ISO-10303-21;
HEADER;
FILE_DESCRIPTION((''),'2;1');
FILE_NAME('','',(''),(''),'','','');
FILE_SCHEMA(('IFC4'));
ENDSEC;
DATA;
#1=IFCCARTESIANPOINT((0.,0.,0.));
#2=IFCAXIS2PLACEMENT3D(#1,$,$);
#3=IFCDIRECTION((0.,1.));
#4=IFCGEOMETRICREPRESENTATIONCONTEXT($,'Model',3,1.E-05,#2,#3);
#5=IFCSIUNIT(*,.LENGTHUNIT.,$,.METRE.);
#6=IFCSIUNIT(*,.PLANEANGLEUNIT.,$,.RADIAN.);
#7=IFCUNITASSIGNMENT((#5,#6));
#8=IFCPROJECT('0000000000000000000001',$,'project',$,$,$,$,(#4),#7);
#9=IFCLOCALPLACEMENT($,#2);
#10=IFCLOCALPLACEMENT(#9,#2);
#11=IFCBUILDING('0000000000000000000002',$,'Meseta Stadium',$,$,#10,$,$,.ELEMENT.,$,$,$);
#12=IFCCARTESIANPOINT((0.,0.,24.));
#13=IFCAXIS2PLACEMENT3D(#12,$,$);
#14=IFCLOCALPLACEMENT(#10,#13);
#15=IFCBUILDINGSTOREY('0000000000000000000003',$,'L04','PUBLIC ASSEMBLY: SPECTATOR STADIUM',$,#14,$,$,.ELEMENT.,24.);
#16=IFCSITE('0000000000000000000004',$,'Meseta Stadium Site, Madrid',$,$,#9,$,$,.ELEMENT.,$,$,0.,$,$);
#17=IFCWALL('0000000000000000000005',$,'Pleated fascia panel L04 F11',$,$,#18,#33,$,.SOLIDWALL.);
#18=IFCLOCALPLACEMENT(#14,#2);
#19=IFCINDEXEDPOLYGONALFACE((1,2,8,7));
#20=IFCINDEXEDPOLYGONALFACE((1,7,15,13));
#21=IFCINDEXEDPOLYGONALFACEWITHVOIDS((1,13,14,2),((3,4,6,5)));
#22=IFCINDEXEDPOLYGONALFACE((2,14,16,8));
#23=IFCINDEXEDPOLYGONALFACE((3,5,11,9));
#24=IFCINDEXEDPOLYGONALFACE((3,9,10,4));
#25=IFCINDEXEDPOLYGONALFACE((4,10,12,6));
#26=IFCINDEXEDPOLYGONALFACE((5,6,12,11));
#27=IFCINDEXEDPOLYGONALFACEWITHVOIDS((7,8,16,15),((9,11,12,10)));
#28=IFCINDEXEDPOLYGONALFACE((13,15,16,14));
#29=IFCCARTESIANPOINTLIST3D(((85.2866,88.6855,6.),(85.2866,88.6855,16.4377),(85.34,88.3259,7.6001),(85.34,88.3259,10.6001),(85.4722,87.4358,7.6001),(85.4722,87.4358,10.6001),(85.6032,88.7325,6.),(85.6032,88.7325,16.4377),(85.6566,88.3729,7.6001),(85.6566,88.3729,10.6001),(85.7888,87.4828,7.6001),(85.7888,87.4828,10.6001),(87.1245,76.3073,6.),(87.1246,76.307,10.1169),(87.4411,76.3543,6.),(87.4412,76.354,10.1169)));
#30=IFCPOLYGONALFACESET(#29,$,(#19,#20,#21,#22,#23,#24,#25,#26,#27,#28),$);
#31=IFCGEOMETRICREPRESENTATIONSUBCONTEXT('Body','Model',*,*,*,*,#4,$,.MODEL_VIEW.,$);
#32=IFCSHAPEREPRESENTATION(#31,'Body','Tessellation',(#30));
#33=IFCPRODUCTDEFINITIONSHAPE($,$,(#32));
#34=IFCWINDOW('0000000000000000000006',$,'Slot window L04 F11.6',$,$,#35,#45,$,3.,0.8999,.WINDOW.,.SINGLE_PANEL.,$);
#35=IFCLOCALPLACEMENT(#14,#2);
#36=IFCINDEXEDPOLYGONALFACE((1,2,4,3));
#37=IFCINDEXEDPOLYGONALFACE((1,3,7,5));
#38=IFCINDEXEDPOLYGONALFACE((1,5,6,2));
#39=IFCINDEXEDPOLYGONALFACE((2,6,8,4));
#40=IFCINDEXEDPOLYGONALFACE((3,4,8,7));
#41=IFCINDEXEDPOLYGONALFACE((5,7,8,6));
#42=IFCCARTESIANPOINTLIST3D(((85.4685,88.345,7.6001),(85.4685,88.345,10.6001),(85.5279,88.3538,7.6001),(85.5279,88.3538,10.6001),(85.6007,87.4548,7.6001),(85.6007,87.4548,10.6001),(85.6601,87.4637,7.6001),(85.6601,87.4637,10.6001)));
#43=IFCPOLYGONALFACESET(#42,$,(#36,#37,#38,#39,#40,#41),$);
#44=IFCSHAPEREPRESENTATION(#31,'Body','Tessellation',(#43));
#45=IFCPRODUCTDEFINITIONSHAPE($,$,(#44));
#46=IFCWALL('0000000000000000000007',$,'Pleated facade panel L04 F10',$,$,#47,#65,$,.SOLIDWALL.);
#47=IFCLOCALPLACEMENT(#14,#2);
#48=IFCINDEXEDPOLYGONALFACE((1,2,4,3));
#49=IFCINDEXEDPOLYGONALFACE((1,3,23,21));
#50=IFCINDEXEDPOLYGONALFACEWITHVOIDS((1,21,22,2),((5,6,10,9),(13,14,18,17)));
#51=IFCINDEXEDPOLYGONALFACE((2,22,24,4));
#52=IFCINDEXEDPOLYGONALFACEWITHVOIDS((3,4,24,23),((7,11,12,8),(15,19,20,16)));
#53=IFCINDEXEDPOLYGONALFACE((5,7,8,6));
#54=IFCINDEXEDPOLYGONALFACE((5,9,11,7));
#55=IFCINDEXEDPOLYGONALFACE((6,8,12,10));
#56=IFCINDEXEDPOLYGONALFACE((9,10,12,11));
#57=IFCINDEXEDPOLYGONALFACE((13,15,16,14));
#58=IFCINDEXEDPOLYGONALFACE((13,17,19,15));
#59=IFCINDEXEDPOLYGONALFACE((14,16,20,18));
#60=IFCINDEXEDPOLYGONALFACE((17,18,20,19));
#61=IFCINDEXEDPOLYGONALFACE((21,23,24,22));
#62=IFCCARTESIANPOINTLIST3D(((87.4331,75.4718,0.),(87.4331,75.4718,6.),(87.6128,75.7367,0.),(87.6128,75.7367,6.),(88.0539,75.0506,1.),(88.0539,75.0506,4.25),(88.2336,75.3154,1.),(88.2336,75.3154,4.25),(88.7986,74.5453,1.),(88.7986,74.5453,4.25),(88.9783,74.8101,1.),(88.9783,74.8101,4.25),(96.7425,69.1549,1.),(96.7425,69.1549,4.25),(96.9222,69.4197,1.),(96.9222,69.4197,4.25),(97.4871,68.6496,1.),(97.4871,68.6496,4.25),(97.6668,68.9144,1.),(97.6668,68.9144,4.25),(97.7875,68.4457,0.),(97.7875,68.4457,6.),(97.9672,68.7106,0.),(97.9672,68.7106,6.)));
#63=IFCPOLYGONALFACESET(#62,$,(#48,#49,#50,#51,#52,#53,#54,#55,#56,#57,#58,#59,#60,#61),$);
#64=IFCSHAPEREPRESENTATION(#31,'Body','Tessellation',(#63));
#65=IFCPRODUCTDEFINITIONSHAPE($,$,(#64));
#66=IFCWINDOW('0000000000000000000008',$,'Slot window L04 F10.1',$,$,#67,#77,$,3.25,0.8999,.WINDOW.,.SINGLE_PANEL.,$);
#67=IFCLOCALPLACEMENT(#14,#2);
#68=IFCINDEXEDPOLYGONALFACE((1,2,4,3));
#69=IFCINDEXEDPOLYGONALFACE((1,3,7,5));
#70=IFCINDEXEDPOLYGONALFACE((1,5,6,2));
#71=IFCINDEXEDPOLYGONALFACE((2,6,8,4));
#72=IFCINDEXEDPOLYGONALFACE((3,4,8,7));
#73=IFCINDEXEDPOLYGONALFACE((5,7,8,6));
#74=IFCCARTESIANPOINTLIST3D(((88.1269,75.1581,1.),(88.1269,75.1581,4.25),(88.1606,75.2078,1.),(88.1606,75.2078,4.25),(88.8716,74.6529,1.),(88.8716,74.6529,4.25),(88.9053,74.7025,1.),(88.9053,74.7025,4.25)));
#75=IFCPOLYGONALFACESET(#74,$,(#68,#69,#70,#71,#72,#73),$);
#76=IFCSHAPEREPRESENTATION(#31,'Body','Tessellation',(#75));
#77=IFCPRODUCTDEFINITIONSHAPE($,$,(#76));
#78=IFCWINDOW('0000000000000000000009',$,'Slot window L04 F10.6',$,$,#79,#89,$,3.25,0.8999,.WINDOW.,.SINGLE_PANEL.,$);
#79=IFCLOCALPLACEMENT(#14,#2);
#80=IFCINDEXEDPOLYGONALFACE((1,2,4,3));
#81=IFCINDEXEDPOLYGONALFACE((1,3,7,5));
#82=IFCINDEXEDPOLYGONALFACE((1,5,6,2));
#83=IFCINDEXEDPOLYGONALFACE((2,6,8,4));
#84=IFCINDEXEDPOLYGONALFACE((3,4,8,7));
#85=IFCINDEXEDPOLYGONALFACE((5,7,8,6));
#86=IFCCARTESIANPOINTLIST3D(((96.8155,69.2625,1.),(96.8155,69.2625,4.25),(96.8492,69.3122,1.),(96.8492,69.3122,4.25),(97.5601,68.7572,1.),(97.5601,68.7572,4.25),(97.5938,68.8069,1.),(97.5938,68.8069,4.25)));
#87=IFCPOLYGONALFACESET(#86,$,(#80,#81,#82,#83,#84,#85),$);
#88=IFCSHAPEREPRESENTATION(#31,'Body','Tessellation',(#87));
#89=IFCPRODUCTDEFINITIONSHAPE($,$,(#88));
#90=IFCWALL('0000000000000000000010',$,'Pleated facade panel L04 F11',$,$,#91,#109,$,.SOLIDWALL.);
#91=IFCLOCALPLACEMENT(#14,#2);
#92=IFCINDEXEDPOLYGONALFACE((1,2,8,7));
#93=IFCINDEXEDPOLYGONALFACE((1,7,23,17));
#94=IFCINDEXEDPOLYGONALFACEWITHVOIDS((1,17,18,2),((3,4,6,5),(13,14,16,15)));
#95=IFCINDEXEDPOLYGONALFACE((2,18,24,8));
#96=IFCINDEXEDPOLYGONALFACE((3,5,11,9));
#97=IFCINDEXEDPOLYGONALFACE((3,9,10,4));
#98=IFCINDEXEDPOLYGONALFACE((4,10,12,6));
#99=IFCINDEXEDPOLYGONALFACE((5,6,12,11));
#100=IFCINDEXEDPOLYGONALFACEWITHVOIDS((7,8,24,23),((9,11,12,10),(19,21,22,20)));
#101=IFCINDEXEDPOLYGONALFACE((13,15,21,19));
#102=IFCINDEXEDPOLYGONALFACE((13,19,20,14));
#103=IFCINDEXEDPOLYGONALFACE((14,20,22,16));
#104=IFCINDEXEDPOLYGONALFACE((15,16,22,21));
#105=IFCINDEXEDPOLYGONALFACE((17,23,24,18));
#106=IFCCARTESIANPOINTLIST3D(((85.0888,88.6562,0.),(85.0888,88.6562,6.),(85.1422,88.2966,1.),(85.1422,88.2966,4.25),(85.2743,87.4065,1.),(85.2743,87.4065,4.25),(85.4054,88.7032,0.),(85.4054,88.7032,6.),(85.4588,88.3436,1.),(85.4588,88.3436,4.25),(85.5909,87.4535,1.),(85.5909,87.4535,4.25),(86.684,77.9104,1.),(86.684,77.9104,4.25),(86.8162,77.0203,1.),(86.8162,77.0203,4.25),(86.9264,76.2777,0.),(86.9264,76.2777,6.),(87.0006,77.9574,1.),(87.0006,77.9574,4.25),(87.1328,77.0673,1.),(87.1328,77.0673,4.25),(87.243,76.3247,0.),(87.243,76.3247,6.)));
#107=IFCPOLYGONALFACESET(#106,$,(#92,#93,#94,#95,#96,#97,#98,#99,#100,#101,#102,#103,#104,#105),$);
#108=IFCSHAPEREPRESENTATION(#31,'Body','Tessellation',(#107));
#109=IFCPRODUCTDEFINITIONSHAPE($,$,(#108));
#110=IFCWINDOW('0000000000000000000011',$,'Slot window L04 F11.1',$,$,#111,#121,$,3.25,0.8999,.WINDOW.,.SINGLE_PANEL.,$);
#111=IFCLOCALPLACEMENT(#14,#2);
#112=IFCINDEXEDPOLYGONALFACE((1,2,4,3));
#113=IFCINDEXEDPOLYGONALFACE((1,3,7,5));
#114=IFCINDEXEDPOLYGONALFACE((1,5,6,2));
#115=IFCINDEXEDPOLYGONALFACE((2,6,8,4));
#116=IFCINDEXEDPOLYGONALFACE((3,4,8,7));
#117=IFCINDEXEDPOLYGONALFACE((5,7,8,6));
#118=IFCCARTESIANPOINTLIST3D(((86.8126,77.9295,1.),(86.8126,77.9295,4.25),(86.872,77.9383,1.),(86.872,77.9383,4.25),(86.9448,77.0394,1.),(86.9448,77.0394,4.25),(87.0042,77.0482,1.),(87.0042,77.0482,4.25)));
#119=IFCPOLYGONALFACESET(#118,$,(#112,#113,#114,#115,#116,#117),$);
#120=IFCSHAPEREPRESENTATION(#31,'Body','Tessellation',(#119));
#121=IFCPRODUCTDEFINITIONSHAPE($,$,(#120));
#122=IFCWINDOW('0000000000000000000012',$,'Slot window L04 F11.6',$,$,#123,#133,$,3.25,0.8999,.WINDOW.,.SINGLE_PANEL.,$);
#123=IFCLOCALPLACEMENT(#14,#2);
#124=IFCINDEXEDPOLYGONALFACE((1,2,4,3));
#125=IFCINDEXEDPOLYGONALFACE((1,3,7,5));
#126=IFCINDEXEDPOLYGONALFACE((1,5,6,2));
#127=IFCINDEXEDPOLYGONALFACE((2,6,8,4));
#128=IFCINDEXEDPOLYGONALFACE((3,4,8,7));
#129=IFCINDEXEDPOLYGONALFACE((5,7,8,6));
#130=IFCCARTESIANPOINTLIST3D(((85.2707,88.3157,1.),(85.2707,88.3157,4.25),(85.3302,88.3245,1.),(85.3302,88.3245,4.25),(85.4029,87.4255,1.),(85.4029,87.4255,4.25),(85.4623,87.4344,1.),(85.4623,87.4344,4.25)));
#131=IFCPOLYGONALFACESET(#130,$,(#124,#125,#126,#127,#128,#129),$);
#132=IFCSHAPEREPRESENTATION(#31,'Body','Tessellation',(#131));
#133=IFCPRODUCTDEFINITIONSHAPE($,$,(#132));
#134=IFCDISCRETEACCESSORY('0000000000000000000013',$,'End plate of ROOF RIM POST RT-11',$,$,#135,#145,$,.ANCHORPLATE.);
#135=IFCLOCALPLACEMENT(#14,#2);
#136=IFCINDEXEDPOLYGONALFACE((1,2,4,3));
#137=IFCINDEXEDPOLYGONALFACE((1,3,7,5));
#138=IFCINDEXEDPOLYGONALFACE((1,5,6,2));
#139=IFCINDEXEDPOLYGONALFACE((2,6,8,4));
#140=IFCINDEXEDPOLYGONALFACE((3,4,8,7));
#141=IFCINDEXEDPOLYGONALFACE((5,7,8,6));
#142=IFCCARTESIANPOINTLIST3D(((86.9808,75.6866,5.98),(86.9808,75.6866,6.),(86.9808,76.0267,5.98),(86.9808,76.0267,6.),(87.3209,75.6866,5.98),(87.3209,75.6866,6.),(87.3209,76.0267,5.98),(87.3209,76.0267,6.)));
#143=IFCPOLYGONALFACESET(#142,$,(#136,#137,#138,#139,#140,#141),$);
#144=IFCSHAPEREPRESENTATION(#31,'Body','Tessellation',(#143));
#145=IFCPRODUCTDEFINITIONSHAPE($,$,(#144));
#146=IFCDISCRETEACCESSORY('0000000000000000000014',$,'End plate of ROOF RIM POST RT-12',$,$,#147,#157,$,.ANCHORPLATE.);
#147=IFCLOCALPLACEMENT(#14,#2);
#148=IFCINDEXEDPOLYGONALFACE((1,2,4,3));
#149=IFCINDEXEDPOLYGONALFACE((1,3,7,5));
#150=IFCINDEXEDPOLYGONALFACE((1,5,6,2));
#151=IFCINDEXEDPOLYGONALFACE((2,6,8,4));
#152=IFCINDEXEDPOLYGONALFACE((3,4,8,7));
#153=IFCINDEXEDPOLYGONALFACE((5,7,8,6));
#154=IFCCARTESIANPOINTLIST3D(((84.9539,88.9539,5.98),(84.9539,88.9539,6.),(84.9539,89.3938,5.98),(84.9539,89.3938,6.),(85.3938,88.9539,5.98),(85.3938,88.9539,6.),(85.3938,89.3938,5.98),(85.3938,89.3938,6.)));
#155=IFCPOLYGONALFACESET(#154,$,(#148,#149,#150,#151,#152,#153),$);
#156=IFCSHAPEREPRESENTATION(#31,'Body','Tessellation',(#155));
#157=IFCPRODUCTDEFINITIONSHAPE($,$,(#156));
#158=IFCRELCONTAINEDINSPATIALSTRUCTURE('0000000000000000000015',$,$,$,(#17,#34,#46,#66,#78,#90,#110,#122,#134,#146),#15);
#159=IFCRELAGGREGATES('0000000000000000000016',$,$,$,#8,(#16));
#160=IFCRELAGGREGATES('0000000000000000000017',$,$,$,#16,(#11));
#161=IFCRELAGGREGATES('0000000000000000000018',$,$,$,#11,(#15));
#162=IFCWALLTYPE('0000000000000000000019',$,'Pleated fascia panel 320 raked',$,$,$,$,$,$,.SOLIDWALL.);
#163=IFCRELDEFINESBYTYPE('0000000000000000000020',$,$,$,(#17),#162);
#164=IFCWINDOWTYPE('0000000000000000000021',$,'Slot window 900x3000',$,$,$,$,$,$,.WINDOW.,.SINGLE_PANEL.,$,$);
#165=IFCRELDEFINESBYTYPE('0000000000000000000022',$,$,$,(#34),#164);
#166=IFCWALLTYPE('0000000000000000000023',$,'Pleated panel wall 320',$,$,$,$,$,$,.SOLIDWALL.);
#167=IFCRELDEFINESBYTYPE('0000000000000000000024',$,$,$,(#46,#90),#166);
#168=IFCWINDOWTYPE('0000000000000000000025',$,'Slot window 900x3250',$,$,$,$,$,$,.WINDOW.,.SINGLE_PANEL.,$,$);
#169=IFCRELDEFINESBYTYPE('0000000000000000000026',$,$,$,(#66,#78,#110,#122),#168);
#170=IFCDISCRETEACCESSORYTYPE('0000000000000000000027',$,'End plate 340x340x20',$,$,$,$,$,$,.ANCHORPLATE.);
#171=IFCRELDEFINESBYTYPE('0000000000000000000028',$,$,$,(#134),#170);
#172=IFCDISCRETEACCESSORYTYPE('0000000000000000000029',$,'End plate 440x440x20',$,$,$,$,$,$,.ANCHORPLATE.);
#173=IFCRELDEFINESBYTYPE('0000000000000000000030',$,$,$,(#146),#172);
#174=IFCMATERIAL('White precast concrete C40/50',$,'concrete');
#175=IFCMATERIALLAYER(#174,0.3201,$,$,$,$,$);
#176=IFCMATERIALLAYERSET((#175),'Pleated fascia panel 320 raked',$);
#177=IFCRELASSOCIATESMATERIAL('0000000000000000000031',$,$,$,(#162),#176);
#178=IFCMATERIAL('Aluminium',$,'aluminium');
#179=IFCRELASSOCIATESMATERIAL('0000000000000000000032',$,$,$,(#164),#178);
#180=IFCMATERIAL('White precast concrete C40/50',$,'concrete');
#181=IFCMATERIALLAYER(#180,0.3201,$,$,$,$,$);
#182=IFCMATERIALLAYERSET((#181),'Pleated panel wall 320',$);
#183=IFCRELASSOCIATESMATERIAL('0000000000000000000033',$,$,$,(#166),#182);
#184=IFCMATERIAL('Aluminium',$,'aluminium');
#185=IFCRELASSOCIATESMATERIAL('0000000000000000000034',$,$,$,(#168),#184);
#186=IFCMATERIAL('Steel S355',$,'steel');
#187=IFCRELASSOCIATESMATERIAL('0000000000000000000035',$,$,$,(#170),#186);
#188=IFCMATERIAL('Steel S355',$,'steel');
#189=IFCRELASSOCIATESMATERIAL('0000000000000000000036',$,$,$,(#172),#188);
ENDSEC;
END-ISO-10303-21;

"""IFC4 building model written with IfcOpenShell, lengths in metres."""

from ifc_helpers import new_model, si_unit, direction, frame, frame_2d, origin, origin_2d, place, context, subcontext, project, spatial, polyline, rectangle, outline, extrude, material, layer, layer_set, material_profile, profile_set, type_object, element, fill, save


model = new_model("IFC4")

# Units and contexts
model_context = context("Model", 3, precision=1e-05, world=origin(), true_north=direction((0.0, 1.0)))
body_context = subcontext(model_context, "Body", "Model", "MODEL_VIEW")
ifc_project = project(units=[si_unit("LENGTHUNIT", "METRE"), si_unit("PLANEANGLEUNIT", "RADIAN")], contexts=[model_context])

# Site, building, storey
site_placement = place(None, origin())
site = spatial("IfcSite", under=ifc_project, at=site_placement, Name="Meseta Stadium Site, Madrid", CompositionType="ELEMENT", RefElevation=0.0)
building_placement = place(site_placement, origin())
building = spatial("IfcBuilding", under=site, at=building_placement, Name="Meseta Stadium", CompositionType="ELEMENT")
storey_placement = place(building_placement, frame((0.0, 0.0, 24.0)))
storey = spatial("IfcBuildingStorey", under=building, at=storey_placement, Name="L04", Description="PUBLIC ASSEMBLY: SPECTATOR STADIUM", CompositionType="ELEMENT", Elevation=24.0)

# Wall, opening, window
ifc_material_1 = material(Name="White precast concrete C40/50", Category="concrete")
ifc_layer_1 = layer(ifc_material_1, 0.3201)
ifc_layer_set_1 = layer_set([ifc_layer_1], Name="Pleated fascia panel 320 raked")
wall_type_1 = type_object("IfcWallType", Name="Pleated fascia panel 320 raked", PredefinedType="SOLIDWALL", material=ifc_layer_set_1)
ifc_material_2 = material(Name="Aluminium", Category="aluminium")
window_type_1 = type_object("IfcWindowType", Name="Slot window 900x3000", PartitioningType="SINGLE_PANEL", PredefinedType="WINDOW", material=ifc_material_2)
wall_1_placement = place(storey_placement, frame((85.4448, 88.709, 6.0), z_axis=(0.0, 0.0, 1.0), x_axis=(0.146868, -0.989156, 0.0)))
wall_1 = element("IfcWall", 1, at=wall_1_placement, inside=storey, type_object=wall_type_1, Name="Pleated fascia panel L04 F11", PredefinedType="SOLIDWALL", context=body_context, shape_type="SweptSolid", body=[
    extrude(outline(polyline([(0.0, 0.0), (12.5139, 0.0), (12.5142, 4.1169), (0.0, 10.4377), (0.0, 0.0)])), frame((0.0, 0.1602, 0.0), z_axis=(0.0, -1.0, 0.0), x_axis=(1.0, 0.0, 0.0)), (0.0, 0.0, 1.0), 0.3201),
])
opening_1_placement = place(wall_1_placement, frame((0.3635, 0.0, 1.6001)))
opening_1 = element("IfcOpeningElement", 2, at=opening_1_placement, cuts=wall_1, PredefinedType="OPENING", context=body_context, shape_type="SweptSolid", body=[
    extrude(rectangle(XDim=0.8999, YDim=3.0, at=frame_2d((0.45, 1.5))), frame((0.0, 0.1699, 0.0), z_axis=(0.0, -1.0, 0.0), x_axis=(1.0, 0.0, 0.0)), (0.0, 0.0, 1.0), 0.3401),
])
window_1_placement = place(opening_1_placement, origin())
window_1 = element("IfcWindow", 3, at=window_1_placement, inside=storey, type_object=window_type_1, Name="Slot window L04 F11.6", OverallHeight=3.0, OverallWidth=0.8999, PartitioningType="SINGLE_PANEL", PredefinedType="WINDOW", context=body_context, shape_type="SweptSolid", body=[
    extrude(rectangle(XDim=0.8999, YDim=3.0, at=frame_2d((0.45, 1.5))), frame((0.0, 0.03, 0.0), z_axis=(0.0, -1.0, 0.0), x_axis=(1.0, 0.0, 0.0)), (0.0, 0.0, 1.0), 0.0601),
])
fill(opening_1, window_1)

# Walls, openings, windows
ifc_material_3 = material(Name="White precast concrete C40/50", Category="concrete")
ifc_layer_2 = layer(ifc_material_3, 0.3201)
ifc_layer_set_2 = layer_set([ifc_layer_2], Name="Pleated panel wall 320")
wall_type_2 = type_object("IfcWallType", Name="Pleated panel wall 320", PredefinedType="SOLIDWALL", material=ifc_layer_set_2)
wall_2_placement = place(storey_placement, frame((87.5229, 75.6042, 0.0), z_axis=(0.0, 0.0, 1.0), x_axis=(0.827481, -0.561494, 0.0)))
wall_2 = element("IfcWall", 4, at=wall_2_placement, inside=storey, type_object=wall_type_2, Name="Pleated facade panel L04 F10", PredefinedType="SOLIDWALL", context=body_context, shape_type="SweptSolid", body=[
    extrude(rectangle(XDim=12.5132, YDim=0.3201, at=frame_2d((6.2566, 0.0))), origin(), (0.0, 0.0, 1.0), 6.0),
])
opening_2_placement = place(wall_2_placement, frame((0.7502, 0.0, 1.0)))
opening_2 = element("IfcOpeningElement", 5, at=opening_2_placement, cuts=wall_2, PredefinedType="OPENING", context=body_context, shape_type="SweptSolid", body=[
    extrude(rectangle(XDim=0.8999, YDim=3.25, at=frame_2d((0.45, 1.625))), frame((0.0, 0.1699, 0.0), z_axis=(0.0, -1.0, 0.0), x_axis=(1.0, 0.0, 0.0)), (0.0, 0.0, 1.0), 0.3401),
])
opening_3_placement = place(wall_2_placement, frame((11.2502, 0.0, 1.0)))
opening_3 = element("IfcOpeningElement", 6, at=opening_3_placement, cuts=wall_2, PredefinedType="OPENING", context=body_context, shape_type="SweptSolid", body=[
    extrude(rectangle(XDim=0.8999, YDim=3.25, at=frame_2d((0.45, 1.625))), frame((0.0, 0.1699, 0.0), z_axis=(0.0, -1.0, 0.0), x_axis=(1.0, 0.0, 0.0)), (0.0, 0.0, 1.0), 0.3401),
])
ifc_material_4 = material(Name="Aluminium", Category="aluminium")
window_type_2 = type_object("IfcWindowType", Name="Slot window 900x3250", PartitioningType="SINGLE_PANEL", PredefinedType="WINDOW", material=ifc_material_4)
window_2_placement = place(opening_2_placement, origin())
window_2 = element("IfcWindow", 7, at=window_2_placement, inside=storey, type_object=window_type_2, Name="Slot window L04 F10.1", OverallHeight=3.25, OverallWidth=0.8999, PartitioningType="SINGLE_PANEL", PredefinedType="WINDOW", context=body_context, shape_type="SweptSolid", body=[
    extrude(rectangle(XDim=0.8999, YDim=3.25, at=frame_2d((0.45, 1.625))), frame((0.0, 0.03, 0.0), z_axis=(0.0, -1.0, 0.0), x_axis=(1.0, 0.0, 0.0)), (0.0, 0.0, 1.0), 0.0601),
])
fill(opening_2, window_2)
window_3_placement = place(opening_3_placement, origin())
window_3 = element("IfcWindow", 8, at=window_3_placement, inside=storey, type_object=window_type_2, Name="Slot window L04 F10.6", OverallHeight=3.25, OverallWidth=0.8999, PartitioningType="SINGLE_PANEL", PredefinedType="WINDOW", context=body_context, shape_type="SweptSolid", body=[
    extrude(rectangle(XDim=0.8999, YDim=3.25, at=frame_2d((0.45, 1.625))), frame((0.0, 0.03, 0.0), z_axis=(0.0, -1.0, 0.0), x_axis=(1.0, 0.0, 0.0)), (0.0, 0.0, 1.0), 0.0601),
])
fill(opening_3, window_3)
wall_3_placement = place(storey_placement, frame((85.2471, 88.6797, 0.0), z_axis=(0.0, 0.0, 1.0), x_axis=(0.146846, -0.989159, 0.0)))
wall_3 = element("IfcWall", 9, at=wall_3_placement, inside=storey, type_object=wall_type_2, Name="Pleated facade panel L04 F11", PredefinedType="SOLIDWALL", context=body_context, shape_type="SweptSolid", body=[
    extrude(rectangle(XDim=12.5142, YDim=0.3201, at=frame_2d((6.2571, 0.0))), origin(), (0.0, 0.0, 1.0), 6.0),
])
opening_4_placement = place(wall_3_placement, frame((10.8635, 0.0, 1.0)))
opening_4 = element("IfcOpeningElement", 10, at=opening_4_placement, cuts=wall_3, PredefinedType="OPENING", context=body_context, shape_type="SweptSolid", body=[
    extrude(rectangle(XDim=0.8999, YDim=3.25, at=frame_2d((0.45, 1.625))), frame((0.0, 0.1699, 0.0), z_axis=(0.0, -1.0, 0.0), x_axis=(1.0, 0.0, 0.0)), (0.0, 0.0, 1.0), 0.3401),
])
opening_5_placement = place(wall_3_placement, frame((0.3635, 0.0, 1.0)))
opening_5 = element("IfcOpeningElement", 11, at=opening_5_placement, cuts=wall_3, PredefinedType="OPENING", context=body_context, shape_type="SweptSolid", body=[
    extrude(rectangle(XDim=0.8999, YDim=3.25, at=frame_2d((0.45, 1.625))), frame((0.0, 0.1699, 0.0), z_axis=(0.0, -1.0, 0.0), x_axis=(1.0, 0.0, 0.0)), (0.0, 0.0, 1.0), 0.3401),
])
window_4_placement = place(opening_4_placement, origin())
window_4 = element("IfcWindow", 12, at=window_4_placement, inside=storey, type_object=window_type_2, Name="Slot window L04 F11.1", OverallHeight=3.25, OverallWidth=0.8999, PartitioningType="SINGLE_PANEL", PredefinedType="WINDOW", context=body_context, shape_type="SweptSolid", body=[
    extrude(rectangle(XDim=0.8999, YDim=3.25, at=frame_2d((0.45, 1.625))), frame((0.0, 0.03, 0.0), z_axis=(0.0, -1.0, 0.0), x_axis=(1.0, 0.0, 0.0)), (0.0, 0.0, 1.0), 0.0601),
])
fill(opening_4, window_4)
window_5_placement = place(opening_5_placement, origin())
window_5 = element("IfcWindow", 13, at=window_5_placement, inside=storey, type_object=window_type_2, Name="Slot window L04 F11.6", OverallHeight=3.25, OverallWidth=0.8999, PartitioningType="SINGLE_PANEL", PredefinedType="WINDOW", context=body_context, shape_type="SweptSolid", body=[
    extrude(rectangle(XDim=0.8999, YDim=3.25, at=frame_2d((0.45, 1.625))), frame((0.0, 0.03, 0.0), z_axis=(0.0, -1.0, 0.0), x_axis=(1.0, 0.0, 0.0)), (0.0, 0.0, 1.0), 0.0601),
])
fill(opening_5, window_5)

# Discrete accessories
ifc_material_5 = material(Name="Steel S355", Category="steel")
ifc_material_profile_1 = material_profile(ifc_material_5, rectangle(XDim=0.3401, YDim=0.3401, at=origin_2d()), Name="PL 340x340")
ifc_profile_set_1 = profile_set([ifc_material_profile_1], Name="Steel S355")
discrete_accessory_type_1 = type_object("IfcDiscreteAccessoryType", Name="End plate 340x340x20", PredefinedType="ANCHORPLATE", material=ifc_profile_set_1)
discrete_accessory_1_placement = place(storey_placement, frame((87.1509, 75.8567, 5.98), z_axis=(0.0, 0.0, 1.0), x_axis=(1.0, 0.0, 0.0)))
element("IfcDiscreteAccessory", 14, at=discrete_accessory_1_placement, inside=storey, type_object=discrete_accessory_type_1, Name="End plate of ROOF RIM POST RT-11", PredefinedType="ANCHORPLATE", context=body_context, shape_type="SweptSolid", body=[
    extrude(rectangle(XDim=0.3401, YDim=0.3401, at=origin_2d()), origin(), (0.0, 0.0, 1.0), 0.02),
])
ifc_material_6 = material(Name="Steel S355", Category="steel")
ifc_material_profile_2 = material_profile(ifc_material_6, rectangle(XDim=0.4399, YDim=0.4399, at=origin_2d()), Name="PL 440x440")
ifc_profile_set_2 = profile_set([ifc_material_profile_2], Name="Steel S355")
discrete_accessory_type_2 = type_object("IfcDiscreteAccessoryType", Name="End plate 440x440x20", PredefinedType="ANCHORPLATE", material=ifc_profile_set_2)
discrete_accessory_2_placement = place(storey_placement, frame((85.1738, 89.1738, 5.98), z_axis=(0.0, 0.0, 1.0), x_axis=(1.0, 0.0, 0.0)))
element("IfcDiscreteAccessory", 15, at=discrete_accessory_2_placement, inside=storey, type_object=discrete_accessory_type_2, Name="End plate of ROOF RIM POST RT-12", PredefinedType="ANCHORPLATE", context=body_context, shape_type="SweptSolid", body=[
    extrude(rectangle(XDim=0.4399, YDim=0.4399, at=origin_2d()), origin(), (0.0, 0.0, 1.0), 0.02),
])

save(model, "model.ifc")
